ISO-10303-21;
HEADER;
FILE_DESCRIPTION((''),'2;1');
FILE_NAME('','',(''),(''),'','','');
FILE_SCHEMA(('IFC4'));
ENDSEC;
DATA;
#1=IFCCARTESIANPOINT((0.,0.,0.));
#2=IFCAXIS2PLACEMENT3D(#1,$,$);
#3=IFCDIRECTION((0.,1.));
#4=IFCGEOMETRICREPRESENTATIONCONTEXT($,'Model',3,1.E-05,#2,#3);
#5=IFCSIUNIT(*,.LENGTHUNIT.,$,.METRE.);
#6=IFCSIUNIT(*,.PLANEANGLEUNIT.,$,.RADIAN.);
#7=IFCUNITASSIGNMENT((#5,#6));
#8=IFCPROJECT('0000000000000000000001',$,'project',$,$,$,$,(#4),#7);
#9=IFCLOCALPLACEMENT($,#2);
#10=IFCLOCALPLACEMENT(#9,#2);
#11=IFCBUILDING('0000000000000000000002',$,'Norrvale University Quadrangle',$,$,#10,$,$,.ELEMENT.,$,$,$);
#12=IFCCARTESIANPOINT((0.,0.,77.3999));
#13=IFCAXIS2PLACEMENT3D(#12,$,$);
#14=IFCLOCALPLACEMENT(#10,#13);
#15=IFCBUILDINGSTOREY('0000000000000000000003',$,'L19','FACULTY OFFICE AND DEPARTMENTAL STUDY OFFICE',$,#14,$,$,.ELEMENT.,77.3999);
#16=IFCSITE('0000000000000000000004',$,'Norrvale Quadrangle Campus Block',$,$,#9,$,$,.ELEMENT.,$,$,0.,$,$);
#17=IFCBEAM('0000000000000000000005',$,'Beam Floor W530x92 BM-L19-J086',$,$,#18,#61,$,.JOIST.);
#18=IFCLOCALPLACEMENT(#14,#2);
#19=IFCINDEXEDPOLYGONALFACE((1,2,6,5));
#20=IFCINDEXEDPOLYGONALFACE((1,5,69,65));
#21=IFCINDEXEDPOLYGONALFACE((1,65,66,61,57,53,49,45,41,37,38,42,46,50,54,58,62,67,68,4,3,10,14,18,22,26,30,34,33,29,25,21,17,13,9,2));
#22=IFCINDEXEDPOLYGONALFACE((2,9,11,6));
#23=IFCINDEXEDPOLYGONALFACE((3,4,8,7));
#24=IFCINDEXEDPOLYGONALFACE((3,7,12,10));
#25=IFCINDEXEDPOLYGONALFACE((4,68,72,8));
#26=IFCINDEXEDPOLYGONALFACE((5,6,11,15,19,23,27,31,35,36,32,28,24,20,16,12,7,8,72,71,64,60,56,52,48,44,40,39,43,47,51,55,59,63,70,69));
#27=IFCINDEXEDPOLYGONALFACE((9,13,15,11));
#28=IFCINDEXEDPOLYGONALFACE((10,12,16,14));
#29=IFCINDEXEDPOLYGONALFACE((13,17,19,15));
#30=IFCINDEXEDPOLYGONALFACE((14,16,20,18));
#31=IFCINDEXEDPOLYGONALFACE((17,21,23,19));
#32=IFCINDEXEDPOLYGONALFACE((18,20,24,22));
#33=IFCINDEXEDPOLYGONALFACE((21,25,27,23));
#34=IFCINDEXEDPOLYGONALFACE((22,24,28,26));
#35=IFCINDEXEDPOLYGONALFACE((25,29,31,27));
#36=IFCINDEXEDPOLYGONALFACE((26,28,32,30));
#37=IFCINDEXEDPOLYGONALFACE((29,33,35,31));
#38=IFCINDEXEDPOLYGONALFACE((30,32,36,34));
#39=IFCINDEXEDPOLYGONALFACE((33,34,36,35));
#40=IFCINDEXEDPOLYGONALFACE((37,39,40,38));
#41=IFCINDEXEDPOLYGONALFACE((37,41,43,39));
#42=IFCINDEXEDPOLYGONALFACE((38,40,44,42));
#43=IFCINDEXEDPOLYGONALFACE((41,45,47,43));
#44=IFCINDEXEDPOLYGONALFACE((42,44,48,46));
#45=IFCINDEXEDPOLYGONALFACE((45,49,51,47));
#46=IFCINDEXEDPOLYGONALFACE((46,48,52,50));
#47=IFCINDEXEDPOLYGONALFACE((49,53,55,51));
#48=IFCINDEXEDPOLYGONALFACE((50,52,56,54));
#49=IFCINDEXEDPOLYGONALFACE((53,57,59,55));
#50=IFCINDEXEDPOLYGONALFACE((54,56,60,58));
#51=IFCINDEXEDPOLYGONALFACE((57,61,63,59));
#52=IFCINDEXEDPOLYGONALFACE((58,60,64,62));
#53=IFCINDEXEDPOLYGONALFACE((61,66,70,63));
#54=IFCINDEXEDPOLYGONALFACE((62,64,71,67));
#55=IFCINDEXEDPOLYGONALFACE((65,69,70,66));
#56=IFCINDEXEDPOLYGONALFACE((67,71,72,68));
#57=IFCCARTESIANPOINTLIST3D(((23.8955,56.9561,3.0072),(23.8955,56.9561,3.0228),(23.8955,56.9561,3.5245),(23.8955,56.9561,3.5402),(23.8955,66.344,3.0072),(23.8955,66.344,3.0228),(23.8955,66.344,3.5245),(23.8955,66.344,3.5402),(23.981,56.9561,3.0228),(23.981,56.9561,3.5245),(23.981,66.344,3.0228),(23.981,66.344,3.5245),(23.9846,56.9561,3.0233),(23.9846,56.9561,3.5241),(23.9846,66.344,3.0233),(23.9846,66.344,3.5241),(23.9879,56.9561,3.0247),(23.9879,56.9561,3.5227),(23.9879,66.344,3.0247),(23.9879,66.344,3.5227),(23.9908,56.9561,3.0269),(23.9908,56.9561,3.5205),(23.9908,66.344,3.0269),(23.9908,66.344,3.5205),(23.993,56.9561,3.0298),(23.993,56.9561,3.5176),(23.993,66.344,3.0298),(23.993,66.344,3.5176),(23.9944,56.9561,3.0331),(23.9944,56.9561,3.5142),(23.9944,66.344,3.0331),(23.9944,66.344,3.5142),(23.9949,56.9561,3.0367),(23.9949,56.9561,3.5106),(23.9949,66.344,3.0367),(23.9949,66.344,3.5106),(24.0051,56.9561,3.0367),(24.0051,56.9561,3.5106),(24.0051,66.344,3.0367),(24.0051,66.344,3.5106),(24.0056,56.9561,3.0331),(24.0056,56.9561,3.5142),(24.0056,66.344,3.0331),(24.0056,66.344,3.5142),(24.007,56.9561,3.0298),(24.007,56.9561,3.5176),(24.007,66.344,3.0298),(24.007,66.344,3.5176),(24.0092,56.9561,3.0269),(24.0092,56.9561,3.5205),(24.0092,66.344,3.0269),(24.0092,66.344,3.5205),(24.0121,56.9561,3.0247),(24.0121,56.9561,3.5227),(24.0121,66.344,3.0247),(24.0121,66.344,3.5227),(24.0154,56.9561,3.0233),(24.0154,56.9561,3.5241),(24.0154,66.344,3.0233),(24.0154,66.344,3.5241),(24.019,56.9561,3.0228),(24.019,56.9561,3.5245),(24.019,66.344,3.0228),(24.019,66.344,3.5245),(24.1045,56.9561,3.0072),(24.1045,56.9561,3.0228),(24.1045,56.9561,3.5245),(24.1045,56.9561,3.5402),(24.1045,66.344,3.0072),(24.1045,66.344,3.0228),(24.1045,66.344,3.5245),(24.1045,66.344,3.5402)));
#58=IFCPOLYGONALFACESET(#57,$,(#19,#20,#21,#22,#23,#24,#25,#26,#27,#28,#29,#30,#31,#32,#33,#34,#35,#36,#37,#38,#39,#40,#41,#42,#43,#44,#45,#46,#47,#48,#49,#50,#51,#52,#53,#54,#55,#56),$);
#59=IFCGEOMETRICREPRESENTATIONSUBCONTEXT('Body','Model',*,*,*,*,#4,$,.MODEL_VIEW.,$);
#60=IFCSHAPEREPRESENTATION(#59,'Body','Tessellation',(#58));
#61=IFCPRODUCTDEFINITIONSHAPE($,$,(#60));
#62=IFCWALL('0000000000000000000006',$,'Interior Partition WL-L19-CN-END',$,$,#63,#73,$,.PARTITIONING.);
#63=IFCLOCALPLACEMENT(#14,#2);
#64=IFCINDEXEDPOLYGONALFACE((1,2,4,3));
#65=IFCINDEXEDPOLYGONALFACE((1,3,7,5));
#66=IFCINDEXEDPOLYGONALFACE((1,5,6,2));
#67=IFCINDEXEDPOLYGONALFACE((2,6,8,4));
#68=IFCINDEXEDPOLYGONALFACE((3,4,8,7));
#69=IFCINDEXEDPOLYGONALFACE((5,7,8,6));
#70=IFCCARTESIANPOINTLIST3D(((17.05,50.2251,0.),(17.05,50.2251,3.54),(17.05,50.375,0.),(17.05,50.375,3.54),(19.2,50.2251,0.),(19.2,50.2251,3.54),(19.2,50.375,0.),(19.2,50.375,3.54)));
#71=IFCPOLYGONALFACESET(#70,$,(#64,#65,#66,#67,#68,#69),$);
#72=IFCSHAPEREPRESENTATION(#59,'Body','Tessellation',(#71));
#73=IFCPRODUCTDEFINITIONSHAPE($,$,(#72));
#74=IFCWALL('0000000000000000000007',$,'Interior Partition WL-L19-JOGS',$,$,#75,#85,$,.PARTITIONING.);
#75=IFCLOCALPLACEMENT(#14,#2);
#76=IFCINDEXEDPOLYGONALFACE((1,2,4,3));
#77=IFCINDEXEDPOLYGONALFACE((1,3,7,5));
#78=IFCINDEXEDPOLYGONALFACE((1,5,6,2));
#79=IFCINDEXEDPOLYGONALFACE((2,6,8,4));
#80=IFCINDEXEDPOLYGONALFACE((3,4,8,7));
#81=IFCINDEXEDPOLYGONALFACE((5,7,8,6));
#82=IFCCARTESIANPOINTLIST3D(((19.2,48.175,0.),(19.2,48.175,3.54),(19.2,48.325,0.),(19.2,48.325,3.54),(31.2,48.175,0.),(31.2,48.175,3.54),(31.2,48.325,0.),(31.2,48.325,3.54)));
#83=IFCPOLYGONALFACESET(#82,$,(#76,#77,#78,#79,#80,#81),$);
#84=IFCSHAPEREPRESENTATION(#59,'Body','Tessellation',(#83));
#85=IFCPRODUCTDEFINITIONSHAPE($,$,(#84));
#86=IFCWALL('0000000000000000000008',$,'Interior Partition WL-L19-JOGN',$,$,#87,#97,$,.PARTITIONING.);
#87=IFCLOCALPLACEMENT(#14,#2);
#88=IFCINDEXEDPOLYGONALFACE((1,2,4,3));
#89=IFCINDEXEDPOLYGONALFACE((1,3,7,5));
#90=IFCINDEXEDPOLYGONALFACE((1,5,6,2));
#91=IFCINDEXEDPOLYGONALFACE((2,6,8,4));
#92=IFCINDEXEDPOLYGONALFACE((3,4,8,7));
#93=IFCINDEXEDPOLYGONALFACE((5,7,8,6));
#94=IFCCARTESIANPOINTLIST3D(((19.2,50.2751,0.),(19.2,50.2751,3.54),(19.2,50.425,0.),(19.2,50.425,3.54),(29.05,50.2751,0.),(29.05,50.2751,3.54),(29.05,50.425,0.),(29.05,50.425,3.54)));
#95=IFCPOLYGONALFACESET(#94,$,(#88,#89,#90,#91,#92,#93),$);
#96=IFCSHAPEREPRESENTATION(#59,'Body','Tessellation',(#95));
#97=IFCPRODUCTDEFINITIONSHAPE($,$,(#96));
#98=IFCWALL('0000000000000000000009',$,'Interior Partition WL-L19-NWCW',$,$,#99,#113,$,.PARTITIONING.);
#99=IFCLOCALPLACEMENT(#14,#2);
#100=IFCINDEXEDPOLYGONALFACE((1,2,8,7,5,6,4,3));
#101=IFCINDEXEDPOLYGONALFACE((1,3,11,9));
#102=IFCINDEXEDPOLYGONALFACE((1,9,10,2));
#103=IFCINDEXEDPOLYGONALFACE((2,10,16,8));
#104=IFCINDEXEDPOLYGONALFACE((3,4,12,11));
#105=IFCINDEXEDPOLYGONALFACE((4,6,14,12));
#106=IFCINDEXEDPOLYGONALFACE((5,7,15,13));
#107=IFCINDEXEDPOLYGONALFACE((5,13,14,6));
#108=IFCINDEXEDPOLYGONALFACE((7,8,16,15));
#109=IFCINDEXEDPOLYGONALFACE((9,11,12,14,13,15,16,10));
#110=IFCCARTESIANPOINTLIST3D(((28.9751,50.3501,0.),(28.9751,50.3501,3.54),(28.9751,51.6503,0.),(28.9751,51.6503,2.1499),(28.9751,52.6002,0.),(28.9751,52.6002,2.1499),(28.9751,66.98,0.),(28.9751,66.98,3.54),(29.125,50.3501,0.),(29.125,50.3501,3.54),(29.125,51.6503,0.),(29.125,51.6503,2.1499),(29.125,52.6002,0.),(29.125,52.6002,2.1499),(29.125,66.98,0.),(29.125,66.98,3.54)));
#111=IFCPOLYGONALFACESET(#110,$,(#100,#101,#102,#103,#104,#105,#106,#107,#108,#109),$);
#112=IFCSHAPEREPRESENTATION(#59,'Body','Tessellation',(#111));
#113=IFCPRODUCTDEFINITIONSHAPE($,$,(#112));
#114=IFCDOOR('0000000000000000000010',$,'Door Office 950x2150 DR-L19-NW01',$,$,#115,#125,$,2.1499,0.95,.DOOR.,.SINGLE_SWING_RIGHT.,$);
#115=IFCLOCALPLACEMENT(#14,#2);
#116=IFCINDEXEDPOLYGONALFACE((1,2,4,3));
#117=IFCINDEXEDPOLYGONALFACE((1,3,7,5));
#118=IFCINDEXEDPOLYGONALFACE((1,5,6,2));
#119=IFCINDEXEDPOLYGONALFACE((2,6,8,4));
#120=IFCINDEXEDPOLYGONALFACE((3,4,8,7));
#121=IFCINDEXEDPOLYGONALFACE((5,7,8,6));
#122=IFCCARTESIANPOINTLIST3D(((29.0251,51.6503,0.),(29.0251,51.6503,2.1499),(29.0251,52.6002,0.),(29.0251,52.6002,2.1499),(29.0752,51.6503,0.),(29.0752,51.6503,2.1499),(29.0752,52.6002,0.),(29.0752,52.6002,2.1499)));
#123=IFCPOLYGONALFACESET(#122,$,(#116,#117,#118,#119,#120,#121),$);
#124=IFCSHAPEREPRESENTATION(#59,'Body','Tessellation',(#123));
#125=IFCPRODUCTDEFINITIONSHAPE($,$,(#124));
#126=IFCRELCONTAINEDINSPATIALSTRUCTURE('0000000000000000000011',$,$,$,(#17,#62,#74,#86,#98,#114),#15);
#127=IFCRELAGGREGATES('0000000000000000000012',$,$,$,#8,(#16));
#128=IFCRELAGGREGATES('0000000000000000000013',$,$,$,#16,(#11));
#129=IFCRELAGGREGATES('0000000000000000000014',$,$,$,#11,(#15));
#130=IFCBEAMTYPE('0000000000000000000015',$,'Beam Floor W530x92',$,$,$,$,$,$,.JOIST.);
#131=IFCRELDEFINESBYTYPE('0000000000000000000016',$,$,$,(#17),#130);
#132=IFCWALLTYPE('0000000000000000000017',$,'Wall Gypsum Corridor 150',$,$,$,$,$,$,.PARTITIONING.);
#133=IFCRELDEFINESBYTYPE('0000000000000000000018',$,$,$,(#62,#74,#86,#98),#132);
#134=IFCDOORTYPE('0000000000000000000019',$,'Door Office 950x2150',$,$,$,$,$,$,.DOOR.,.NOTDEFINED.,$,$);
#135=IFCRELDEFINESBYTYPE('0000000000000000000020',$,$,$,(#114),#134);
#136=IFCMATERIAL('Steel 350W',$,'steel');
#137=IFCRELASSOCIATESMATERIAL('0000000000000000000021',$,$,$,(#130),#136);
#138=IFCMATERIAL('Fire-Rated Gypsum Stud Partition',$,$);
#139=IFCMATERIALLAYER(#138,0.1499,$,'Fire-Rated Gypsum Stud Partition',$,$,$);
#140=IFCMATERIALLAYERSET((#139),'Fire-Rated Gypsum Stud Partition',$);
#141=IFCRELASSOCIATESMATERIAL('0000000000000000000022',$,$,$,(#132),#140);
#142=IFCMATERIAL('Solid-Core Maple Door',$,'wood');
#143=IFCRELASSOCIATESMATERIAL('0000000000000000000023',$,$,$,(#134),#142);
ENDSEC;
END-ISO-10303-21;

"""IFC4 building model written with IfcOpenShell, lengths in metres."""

from ifc_helpers import new_model, si_unit, direction, frame, frame_2d, origin, origin_2d, place, context, subcontext, project, spatial, rectangle, i_section, extrude, material, layer, layer_set, material_profile, profile_set, type_object, element, fill, save


model = new_model("IFC4")

# Units and contexts
model_context = context("Model", 3, precision=1e-05, world=origin(), true_north=direction((0.0, 1.0)))
body_context = subcontext(model_context, "Body", "Model", "MODEL_VIEW")
ifc_project = project(units=[si_unit("LENGTHUNIT", "METRE"), si_unit("PLANEANGLEUNIT", "RADIAN")], contexts=[model_context])

# Site, building, storey
site_placement = place(None, origin())
site = spatial("IfcSite", under=ifc_project, at=site_placement, Name="Norrvale Quadrangle Campus Block", CompositionType="ELEMENT", RefElevation=0.0)
building_placement = place(site_placement, origin())
building = spatial("IfcBuilding", under=site, at=building_placement, Name="Norrvale University Quadrangle", CompositionType="ELEMENT")
storey_placement = place(building_placement, frame((0.0, 0.0, 77.3999)))
storey = spatial("IfcBuildingStorey", under=building, at=storey_placement, Name="L19", Description="FACULTY OFFICE AND DEPARTMENTAL STUDY OFFICE", CompositionType="ELEMENT", Elevation=77.3999)

# Beam
ifc_material_1 = material(Name="Steel 350W", Category="steel")
ifc_material_profile_1 = material_profile(ifc_material_1, i_section(OverallWidth=0.209, OverallDepth=0.533, WebThickness=0.0103, FlangeThickness=0.0156, FilletRadius=0.0139, at=origin_2d()), Name="Steel 350W")
ifc_profile_set_1 = profile_set([ifc_material_profile_1], Name="Steel 350W")
beam_type_1 = type_object("IfcBeamType", Name="Beam Floor W530x92", PredefinedType="JOIST", material=ifc_profile_set_1)
for number, where, z_axis, x_axis, name in (
    (1, (24.0, 56.9561, 3.2737), (0.0, 1.0, 0.0), (-1.0, 0.0, 0.0), "Beam Floor W530x92 BM-L19-J086"),
):
    element("IfcBeam", number, at=place(storey_placement, frame(where, z_axis=z_axis, x_axis=x_axis)), inside=storey, type_object=beam_type_1, Name=name, PredefinedType="JOIST", context=body_context, shape_type="SweptSolid", body=[
        extrude(i_section(OverallWidth=0.209, OverallDepth=0.533, WebThickness=0.0103, FlangeThickness=0.0156, FilletRadius=0.0139, at=origin_2d()), origin(), (0.0, 0.0, 1.0), 9.3879),
    ])

# Walls
ifc_material_2 = material(Name="Fire-Rated Gypsum Stud Partition")
ifc_layer = layer(ifc_material_2, 0.1499, Name="Fire-Rated Gypsum Stud Partition")
ifc_layer_set = layer_set([ifc_layer], Name="Fire-Rated Gypsum Stud Partition")
wall_type = type_object("IfcWallType", Name="Wall Gypsum Corridor 150", PredefinedType="PARTITIONING", material=ifc_layer_set)
wall_1_placement = place(storey_placement, frame((17.05, 50.3, 0.0), z_axis=(0.0, 0.0, 1.0), x_axis=(1.0, 0.0, 0.0)))
element("IfcWall", 2, at=wall_1_placement, inside=storey, type_object=wall_type, Name="Interior Partition WL-L19-CN-END", PredefinedType="PARTITIONING", context=body_context, shape_type="SweptSolid", body=[
    extrude(rectangle(XDim=2.1499, YDim=0.1499, at=frame_2d((1.075, 0.0))), origin(), (0.0, 0.0, 1.0), 3.54),
])
wall_2_placement = place(storey_placement, frame((19.2, 48.25, 0.0), z_axis=(0.0, 0.0, 1.0), x_axis=(1.0, 0.0, 0.0)))
element("IfcWall", 3, at=wall_2_placement, inside=storey, type_object=wall_type, Name="Interior Partition WL-L19-JOGS", PredefinedType="PARTITIONING", context=body_context, shape_type="SweptSolid", body=[
    extrude(rectangle(XDim=12.0, YDim=0.1499, at=frame_2d((6.0, 0.0))), origin(), (0.0, 0.0, 1.0), 3.54),
])
wall_3_placement = place(storey_placement, frame((19.2, 50.3501, 0.0), z_axis=(0.0, 0.0, 1.0), x_axis=(1.0, 0.0, 0.0)))
element("IfcWall", 4, at=wall_3_placement, inside=storey, type_object=wall_type, Name="Interior Partition WL-L19-JOGN", PredefinedType="PARTITIONING", context=body_context, shape_type="SweptSolid", body=[
    extrude(rectangle(XDim=9.8501, YDim=0.1499, at=frame_2d((4.925, 0.0))), origin(), (0.0, 0.0, 1.0), 3.54),
])

# Wall, opening, door
wall_4_placement = place(storey_placement, frame((29.05, 50.3501, 0.0), z_axis=(0.0, 0.0, 1.0), x_axis=(0.0, 1.0, 0.0)))
wall_4 = element("IfcWall", 5, at=wall_4_placement, inside=storey, type_object=wall_type, Name="Interior Partition WL-L19-NWCW", PredefinedType="PARTITIONING", context=body_context, shape_type="SweptSolid", body=[
    extrude(rectangle(XDim=16.6299, YDim=0.1499, at=frame_2d((8.3149, 0.0))), origin(), (0.0, 0.0, 1.0), 3.54),
])
opening_placement = place(wall_4_placement, frame((1.3, 0.0, 0.0)))
opening = element("IfcOpeningElement", 6, at=opening_placement, cuts=wall_4, PredefinedType="OPENING", context=body_context, shape_type="SweptSolid", body=[
    extrude(rectangle(XDim=0.95, YDim=2.1499, at=frame_2d((0.4751, 1.075))), frame((0.0, 0.0869, 0.0), z_axis=(0.0, -1.0, 0.0), x_axis=(1.0, 0.0, 0.0)), (0.0, 0.0, 1.0), 0.1738),
])
ifc_material_3 = material(Name="Solid-Core Maple Door", Category="wood")
door_type = type_object("IfcDoorType", Name="Door Office 950x2150", OperationType="NOTDEFINED", PredefinedType="DOOR", material=ifc_material_3)
door_placement = place(opening_placement, origin())
door = element("IfcDoor", 7, at=door_placement, inside=storey, type_object=door_type, Name="Door Office 950x2150 DR-L19-NW01", OperationType="SINGLE_SWING_RIGHT", OverallHeight=2.1499, OverallWidth=0.95, PredefinedType="DOOR", context=body_context, shape_type="SweptSolid", body=[
    extrude(rectangle(XDim=0.95, YDim=2.1499, at=frame_2d((0.4751, 1.075))), frame((0.0, 0.0249, 0.0), z_axis=(0.0, -1.0, 0.0), x_axis=(1.0, 0.0, 0.0)), (0.0, 0.0, 1.0), 0.05),
])
fill(opening, door)

save(model, "model.ifc")
